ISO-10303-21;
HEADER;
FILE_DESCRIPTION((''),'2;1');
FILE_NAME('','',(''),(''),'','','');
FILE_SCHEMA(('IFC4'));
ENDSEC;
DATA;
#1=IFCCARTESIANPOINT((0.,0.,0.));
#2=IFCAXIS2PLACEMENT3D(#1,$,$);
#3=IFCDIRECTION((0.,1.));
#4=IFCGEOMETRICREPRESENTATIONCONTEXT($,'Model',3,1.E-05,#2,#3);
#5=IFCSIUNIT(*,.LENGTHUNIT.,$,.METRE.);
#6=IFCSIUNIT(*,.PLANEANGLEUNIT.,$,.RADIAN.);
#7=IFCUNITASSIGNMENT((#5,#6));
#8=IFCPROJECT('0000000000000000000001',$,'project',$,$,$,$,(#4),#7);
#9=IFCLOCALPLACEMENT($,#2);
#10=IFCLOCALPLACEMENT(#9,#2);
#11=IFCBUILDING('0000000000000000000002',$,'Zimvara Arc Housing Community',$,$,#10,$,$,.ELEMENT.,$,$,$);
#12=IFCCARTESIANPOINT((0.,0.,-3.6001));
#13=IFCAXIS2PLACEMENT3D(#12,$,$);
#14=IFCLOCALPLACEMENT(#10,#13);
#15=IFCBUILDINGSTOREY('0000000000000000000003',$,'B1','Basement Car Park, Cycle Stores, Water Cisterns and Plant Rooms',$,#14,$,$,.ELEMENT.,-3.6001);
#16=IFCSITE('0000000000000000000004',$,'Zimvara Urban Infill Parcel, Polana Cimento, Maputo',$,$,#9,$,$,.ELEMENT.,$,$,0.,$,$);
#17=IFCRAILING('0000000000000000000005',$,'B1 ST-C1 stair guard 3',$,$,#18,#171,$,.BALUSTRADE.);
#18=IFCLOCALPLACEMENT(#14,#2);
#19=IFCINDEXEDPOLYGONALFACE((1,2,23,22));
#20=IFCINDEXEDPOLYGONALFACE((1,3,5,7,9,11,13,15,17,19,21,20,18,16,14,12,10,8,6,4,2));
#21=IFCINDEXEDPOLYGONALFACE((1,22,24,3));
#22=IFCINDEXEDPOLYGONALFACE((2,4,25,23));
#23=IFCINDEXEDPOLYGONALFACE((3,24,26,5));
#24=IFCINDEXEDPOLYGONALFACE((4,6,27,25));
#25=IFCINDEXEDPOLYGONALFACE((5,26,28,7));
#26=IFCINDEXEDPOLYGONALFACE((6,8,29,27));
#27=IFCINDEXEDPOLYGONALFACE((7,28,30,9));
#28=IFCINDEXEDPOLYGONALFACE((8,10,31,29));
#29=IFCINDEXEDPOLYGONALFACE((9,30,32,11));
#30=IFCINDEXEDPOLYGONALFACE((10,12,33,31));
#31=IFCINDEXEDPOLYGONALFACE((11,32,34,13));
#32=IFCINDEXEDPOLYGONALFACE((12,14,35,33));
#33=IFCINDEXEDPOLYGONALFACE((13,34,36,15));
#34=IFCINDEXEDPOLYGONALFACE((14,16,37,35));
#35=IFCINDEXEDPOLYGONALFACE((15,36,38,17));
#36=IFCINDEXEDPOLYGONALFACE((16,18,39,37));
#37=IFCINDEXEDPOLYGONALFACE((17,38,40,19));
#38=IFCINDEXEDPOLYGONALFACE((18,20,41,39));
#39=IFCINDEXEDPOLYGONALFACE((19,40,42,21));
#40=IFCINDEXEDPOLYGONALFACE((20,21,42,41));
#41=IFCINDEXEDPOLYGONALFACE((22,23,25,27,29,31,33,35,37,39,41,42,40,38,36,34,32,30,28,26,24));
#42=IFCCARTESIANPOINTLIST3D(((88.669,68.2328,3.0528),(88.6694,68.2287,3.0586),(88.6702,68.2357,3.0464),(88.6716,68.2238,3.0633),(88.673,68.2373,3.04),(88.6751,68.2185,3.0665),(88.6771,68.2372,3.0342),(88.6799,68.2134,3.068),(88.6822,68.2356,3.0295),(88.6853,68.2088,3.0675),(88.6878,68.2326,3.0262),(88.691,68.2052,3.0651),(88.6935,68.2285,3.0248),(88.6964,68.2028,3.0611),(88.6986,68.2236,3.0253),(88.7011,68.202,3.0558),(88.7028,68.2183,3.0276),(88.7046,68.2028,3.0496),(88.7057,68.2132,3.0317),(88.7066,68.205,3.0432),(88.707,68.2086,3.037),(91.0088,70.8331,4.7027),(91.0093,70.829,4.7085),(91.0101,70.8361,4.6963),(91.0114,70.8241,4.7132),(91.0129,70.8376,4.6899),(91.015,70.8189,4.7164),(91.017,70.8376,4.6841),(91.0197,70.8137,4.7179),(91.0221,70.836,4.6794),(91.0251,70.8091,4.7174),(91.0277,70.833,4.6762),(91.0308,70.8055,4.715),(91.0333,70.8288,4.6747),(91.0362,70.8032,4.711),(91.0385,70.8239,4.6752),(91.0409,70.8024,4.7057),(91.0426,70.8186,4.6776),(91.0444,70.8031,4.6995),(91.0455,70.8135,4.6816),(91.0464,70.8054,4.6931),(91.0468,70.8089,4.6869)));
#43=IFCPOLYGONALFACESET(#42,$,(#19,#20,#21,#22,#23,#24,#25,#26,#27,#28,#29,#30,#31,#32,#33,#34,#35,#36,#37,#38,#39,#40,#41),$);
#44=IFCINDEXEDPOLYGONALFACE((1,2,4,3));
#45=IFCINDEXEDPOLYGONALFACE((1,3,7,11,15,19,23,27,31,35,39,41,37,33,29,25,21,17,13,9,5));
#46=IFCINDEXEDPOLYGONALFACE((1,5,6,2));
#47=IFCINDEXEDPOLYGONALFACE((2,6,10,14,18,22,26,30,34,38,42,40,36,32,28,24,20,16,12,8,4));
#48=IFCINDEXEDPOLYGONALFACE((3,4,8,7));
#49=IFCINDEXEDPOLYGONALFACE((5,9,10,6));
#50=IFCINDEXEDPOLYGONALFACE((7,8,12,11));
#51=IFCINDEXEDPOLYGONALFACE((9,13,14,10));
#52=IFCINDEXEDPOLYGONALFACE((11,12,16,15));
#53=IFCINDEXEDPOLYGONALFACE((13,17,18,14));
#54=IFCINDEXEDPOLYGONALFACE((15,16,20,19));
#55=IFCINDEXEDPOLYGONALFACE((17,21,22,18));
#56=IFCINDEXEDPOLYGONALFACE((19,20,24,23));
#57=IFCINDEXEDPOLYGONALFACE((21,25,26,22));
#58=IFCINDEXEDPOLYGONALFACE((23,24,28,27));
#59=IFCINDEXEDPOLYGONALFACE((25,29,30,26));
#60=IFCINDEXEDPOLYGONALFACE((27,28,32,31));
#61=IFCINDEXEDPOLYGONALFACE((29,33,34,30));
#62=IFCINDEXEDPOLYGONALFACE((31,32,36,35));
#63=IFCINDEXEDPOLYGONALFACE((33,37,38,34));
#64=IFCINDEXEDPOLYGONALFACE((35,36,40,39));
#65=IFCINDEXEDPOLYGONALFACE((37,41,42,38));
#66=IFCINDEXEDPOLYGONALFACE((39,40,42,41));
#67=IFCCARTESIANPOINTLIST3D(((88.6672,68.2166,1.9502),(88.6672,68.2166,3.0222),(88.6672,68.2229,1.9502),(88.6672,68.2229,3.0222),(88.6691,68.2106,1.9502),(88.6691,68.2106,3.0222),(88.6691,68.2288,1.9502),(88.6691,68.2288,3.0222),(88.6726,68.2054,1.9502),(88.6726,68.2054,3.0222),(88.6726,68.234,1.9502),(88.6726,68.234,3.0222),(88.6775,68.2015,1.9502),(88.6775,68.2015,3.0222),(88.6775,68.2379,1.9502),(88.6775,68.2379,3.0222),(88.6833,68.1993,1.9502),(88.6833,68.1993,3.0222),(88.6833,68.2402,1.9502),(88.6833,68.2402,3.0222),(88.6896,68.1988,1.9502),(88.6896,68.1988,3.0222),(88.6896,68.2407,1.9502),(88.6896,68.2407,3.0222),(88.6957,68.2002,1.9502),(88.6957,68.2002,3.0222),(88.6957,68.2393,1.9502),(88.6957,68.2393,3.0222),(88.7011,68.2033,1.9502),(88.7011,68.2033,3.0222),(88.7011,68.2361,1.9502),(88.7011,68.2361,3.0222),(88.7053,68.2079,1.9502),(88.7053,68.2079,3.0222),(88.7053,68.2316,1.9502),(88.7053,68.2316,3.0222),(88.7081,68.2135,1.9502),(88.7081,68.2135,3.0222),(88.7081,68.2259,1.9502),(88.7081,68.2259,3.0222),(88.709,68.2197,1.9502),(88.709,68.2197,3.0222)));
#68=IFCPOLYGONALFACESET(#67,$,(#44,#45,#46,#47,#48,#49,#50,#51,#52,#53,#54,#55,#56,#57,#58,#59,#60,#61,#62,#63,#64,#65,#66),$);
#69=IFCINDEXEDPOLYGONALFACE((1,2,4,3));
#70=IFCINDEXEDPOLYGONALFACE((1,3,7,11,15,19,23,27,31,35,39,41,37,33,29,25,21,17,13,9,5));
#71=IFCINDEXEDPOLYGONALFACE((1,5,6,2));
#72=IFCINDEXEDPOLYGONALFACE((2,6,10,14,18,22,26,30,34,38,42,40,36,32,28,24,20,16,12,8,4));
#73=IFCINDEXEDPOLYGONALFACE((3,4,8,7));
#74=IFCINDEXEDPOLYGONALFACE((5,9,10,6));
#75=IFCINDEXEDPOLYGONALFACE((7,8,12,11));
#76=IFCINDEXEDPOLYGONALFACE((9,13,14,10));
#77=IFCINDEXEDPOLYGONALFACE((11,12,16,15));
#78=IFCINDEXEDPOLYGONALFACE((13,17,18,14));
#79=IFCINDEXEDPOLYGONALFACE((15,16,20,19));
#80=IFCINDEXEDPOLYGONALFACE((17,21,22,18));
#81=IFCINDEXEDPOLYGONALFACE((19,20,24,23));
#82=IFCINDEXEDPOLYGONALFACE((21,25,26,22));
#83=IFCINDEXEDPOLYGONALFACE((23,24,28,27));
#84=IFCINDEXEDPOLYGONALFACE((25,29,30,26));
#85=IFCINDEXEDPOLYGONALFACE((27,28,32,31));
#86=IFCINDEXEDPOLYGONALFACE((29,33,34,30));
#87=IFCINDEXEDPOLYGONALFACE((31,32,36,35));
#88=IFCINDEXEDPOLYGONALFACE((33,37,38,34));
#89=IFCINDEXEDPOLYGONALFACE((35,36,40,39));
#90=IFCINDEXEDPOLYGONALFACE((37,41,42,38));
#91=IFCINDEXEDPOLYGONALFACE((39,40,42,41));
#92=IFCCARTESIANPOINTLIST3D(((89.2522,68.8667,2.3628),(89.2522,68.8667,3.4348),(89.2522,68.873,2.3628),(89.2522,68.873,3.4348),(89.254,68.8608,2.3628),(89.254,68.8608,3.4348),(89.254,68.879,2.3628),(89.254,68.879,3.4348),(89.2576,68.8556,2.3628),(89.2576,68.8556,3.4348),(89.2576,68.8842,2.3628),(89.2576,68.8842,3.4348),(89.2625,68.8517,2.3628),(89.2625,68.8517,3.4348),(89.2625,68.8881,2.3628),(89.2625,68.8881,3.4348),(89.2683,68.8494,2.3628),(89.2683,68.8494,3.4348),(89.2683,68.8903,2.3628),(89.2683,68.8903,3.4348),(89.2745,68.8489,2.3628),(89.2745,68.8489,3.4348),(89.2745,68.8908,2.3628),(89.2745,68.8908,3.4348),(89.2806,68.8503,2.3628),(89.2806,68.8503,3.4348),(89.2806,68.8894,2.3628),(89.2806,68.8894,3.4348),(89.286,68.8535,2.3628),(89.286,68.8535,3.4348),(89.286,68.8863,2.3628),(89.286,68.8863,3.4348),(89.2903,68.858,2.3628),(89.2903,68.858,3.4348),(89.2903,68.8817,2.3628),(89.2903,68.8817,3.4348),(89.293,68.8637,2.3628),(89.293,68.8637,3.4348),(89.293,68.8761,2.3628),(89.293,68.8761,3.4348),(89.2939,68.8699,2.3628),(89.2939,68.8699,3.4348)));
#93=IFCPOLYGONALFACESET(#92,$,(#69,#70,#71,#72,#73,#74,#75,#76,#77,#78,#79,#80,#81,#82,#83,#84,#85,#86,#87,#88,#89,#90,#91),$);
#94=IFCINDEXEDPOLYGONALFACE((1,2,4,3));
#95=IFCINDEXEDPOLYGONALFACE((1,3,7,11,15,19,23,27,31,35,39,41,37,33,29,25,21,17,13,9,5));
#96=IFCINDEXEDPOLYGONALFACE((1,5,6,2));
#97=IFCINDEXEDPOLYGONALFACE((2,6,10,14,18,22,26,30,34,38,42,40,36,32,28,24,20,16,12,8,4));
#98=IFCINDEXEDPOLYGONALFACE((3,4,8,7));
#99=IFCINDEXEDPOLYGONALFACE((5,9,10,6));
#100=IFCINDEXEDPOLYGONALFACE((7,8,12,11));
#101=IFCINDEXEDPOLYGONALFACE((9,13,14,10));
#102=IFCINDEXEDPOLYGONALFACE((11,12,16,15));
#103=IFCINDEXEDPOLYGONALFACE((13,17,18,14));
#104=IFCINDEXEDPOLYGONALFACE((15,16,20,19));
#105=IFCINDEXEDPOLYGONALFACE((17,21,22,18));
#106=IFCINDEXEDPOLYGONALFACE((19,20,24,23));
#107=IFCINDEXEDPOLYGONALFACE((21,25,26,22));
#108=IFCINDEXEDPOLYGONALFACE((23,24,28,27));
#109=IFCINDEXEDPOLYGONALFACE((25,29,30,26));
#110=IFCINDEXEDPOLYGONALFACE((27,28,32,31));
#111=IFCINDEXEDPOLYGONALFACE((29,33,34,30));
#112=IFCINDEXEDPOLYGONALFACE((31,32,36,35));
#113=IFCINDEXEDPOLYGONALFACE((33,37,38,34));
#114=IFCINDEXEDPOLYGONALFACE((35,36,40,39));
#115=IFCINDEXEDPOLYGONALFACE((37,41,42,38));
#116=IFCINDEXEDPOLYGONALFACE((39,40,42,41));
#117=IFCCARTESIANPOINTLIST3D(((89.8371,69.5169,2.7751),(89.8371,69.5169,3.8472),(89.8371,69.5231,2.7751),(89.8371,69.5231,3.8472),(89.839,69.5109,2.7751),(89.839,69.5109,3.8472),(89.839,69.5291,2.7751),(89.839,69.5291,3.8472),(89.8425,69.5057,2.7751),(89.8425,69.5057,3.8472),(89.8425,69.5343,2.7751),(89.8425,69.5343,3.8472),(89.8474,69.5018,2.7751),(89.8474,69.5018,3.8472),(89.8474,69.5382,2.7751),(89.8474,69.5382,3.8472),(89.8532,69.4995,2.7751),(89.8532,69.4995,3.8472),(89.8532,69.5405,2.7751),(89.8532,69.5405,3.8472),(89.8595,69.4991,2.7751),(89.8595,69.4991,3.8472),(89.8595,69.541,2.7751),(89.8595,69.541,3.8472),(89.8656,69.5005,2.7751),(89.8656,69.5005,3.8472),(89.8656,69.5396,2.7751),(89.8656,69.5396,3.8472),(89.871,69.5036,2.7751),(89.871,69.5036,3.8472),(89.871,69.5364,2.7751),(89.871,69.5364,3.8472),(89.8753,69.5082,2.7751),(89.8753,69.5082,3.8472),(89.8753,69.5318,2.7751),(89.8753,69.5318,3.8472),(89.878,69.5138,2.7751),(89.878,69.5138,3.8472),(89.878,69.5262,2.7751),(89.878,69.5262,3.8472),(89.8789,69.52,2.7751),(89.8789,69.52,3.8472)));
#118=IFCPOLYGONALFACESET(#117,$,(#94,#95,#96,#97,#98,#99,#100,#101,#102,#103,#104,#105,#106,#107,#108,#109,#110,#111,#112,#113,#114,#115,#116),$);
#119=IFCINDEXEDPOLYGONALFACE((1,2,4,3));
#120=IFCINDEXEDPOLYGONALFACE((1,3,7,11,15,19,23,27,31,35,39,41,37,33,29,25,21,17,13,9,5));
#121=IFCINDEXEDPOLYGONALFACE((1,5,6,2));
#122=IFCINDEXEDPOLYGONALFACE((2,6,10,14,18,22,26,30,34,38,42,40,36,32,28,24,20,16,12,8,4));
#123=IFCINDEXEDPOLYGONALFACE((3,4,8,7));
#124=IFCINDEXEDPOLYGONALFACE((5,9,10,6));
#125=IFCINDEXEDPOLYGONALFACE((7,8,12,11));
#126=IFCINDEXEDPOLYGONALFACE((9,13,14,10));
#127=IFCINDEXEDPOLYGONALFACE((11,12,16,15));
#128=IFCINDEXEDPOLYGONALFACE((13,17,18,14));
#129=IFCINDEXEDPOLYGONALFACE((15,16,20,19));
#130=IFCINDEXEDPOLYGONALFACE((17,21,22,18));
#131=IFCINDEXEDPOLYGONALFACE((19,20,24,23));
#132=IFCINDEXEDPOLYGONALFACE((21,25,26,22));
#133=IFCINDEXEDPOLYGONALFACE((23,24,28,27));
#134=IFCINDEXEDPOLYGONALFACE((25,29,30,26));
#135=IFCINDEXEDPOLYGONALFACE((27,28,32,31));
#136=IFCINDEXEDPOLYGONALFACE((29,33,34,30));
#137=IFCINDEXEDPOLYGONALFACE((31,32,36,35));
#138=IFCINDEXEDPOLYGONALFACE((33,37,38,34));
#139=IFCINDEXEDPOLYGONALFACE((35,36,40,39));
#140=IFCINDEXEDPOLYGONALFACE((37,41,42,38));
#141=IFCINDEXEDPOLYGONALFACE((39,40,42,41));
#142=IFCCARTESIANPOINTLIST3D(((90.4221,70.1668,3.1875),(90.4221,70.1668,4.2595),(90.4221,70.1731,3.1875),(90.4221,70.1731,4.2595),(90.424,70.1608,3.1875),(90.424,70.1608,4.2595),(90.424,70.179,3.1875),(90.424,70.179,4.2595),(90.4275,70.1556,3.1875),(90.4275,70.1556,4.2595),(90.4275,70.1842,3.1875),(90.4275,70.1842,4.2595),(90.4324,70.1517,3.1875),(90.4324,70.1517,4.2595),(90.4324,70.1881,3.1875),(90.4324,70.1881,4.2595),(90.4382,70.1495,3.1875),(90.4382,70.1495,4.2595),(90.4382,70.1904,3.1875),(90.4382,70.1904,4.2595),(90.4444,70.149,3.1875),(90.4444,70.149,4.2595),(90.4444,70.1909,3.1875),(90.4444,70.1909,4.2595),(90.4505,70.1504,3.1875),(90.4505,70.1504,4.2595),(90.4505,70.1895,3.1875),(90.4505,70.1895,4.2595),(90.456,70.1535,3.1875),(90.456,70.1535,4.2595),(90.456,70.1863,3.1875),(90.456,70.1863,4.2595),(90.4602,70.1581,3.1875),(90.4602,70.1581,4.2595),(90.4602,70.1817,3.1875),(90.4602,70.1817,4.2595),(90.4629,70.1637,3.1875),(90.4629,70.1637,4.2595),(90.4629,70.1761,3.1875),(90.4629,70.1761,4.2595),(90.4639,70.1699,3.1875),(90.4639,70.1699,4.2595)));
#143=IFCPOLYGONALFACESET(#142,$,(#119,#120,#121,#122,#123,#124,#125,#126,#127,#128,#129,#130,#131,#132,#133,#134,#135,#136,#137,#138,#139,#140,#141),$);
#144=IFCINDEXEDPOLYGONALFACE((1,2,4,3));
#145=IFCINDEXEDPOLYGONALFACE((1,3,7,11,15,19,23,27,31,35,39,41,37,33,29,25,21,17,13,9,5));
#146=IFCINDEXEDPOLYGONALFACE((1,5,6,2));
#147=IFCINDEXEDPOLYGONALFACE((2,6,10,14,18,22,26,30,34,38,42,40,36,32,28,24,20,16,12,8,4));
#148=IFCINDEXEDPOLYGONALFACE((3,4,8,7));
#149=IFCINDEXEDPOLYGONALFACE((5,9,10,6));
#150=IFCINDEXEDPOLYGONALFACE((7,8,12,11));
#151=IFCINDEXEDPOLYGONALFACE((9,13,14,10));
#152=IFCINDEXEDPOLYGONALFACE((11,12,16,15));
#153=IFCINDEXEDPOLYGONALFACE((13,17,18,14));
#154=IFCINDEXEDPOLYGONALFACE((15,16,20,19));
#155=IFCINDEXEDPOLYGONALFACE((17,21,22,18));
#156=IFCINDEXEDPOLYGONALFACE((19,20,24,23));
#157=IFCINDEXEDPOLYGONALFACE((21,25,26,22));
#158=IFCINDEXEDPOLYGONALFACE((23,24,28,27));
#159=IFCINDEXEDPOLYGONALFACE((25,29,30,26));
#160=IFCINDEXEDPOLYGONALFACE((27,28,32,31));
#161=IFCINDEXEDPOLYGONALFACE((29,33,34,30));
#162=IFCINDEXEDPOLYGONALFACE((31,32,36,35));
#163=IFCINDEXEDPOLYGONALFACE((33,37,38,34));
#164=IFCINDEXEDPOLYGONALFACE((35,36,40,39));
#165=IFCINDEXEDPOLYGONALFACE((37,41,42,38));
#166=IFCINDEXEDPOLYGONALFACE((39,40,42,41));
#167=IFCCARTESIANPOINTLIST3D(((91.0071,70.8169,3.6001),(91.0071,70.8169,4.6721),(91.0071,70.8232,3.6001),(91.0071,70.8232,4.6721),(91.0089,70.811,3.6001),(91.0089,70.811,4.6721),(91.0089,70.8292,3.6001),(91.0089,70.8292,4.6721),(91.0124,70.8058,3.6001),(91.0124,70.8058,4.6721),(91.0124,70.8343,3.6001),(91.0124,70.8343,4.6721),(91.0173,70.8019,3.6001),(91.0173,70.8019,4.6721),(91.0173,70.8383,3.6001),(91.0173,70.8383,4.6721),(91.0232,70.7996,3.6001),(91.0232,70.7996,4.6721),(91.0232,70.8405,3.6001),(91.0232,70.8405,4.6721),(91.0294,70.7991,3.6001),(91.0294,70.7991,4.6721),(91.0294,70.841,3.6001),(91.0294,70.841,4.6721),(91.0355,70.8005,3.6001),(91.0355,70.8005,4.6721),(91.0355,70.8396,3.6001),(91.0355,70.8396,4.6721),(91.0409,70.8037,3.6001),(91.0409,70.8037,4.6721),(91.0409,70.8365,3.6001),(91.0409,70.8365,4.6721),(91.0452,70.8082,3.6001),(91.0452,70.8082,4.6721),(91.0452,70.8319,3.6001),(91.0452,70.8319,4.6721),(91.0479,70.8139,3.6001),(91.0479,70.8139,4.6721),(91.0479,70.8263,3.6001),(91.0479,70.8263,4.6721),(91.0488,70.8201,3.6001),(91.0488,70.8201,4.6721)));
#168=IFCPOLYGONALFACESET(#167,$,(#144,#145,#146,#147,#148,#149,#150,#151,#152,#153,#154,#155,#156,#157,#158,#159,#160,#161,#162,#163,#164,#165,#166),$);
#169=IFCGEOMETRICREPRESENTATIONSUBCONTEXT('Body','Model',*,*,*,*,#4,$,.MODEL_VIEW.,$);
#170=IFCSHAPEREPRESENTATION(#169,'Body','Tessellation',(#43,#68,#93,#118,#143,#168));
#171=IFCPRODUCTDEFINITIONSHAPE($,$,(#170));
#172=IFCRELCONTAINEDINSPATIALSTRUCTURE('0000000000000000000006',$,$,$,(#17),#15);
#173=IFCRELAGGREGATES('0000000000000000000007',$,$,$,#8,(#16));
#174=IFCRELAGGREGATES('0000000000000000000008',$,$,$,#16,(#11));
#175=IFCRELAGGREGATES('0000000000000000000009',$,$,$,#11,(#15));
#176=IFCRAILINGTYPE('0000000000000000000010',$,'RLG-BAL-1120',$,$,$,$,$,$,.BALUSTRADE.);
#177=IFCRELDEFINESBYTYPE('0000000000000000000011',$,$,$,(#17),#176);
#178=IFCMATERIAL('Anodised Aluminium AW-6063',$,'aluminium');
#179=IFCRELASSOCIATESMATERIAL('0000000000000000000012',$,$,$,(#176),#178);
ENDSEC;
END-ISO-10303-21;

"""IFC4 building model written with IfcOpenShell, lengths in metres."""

from ifc_helpers import new_model, si_unit, direction, frame, origin, origin_2d, place, context, subcontext, project, spatial, circle, extrude, material, type_object, element, save


model = new_model("IFC4")

# Units and contexts
model_context = context("Model", 3, precision=1e-05, world=origin(), true_north=direction((0.0, 1.0)))
body_context = subcontext(model_context, "Body", "Model", "MODEL_VIEW")
ifc_project = project(units=[si_unit("LENGTHUNIT", "METRE"), si_unit("PLANEANGLEUNIT", "RADIAN")], contexts=[model_context])

# Site, building, storey
site_placement = place(None, origin())
site = spatial("IfcSite", under=ifc_project, at=site_placement, Name="Zimvara Urban Infill Parcel, Polana Cimento, Maputo", CompositionType="ELEMENT", RefElevation=0.0)
building_placement = place(site_placement, origin())
building = spatial("IfcBuilding", under=site, at=building_placement, Name="Zimvara Arc Housing Community", CompositionType="ELEMENT")
storey_placement = place(building_placement, frame((0.0, 0.0, -3.6001)))
storey = spatial("IfcBuildingStorey", under=building, at=storey_placement, Name="B1", Description="Basement Car Park, Cycle Stores, Water Cisterns and Plant Rooms", CompositionType="ELEMENT", Elevation=-3.6001)

# Railing
ifc_material_1 = material(Name="Anodised Aluminium AW-6063", Category="aluminium")
railing_type = type_object("IfcRailingType", Name="RLG-BAL-1120", PredefinedType="BALUSTRADE", material=ifc_material_1)
railing_1_placement = place(storey_placement, frame((88.688, 68.2197, 1.9502)))
element("IfcRailing", 1, at=railing_1_placement, inside=storey, type_object=railing_type, Name="B1 ST-C1 stair guard 3", PredefinedType="BALUSTRADE", context=body_context, shape_type="SweptSolid", body=[
    extrude(circle(Radius=0.0239, at=origin_2d()), frame((0.0, 0.0, 1.0962), z_axis=(0.604976, 0.672329, 0.426589), x_axis=(-0.74336, 0.668891, 0.0)), (0.0, 0.0, 1.0), 3.8677),
    extrude(circle(Radius=0.021, at=origin_2d()), origin(), (0.0, 0.0, 1.0), 1.072),
    extrude(circle(Radius=0.021, at=origin_2d()), frame((0.585, 0.6501, 0.4126)), (0.0, 0.0, 1.0), 1.072),
    extrude(circle(Radius=0.021, at=origin_2d()), frame((1.1699, 1.3003, 0.825)), (0.0, 0.0, 1.0), 1.072),
    extrude(circle(Radius=0.021, at=origin_2d()), frame((1.7549, 1.9502, 1.2373)), (0.0, 0.0, 1.0), 1.072),
    extrude(circle(Radius=0.021, at=origin_2d()), frame((2.3398, 2.6003, 1.6499)), (0.0, 0.0, 1.0), 1.072),
])

save(model, "model.ifc")
